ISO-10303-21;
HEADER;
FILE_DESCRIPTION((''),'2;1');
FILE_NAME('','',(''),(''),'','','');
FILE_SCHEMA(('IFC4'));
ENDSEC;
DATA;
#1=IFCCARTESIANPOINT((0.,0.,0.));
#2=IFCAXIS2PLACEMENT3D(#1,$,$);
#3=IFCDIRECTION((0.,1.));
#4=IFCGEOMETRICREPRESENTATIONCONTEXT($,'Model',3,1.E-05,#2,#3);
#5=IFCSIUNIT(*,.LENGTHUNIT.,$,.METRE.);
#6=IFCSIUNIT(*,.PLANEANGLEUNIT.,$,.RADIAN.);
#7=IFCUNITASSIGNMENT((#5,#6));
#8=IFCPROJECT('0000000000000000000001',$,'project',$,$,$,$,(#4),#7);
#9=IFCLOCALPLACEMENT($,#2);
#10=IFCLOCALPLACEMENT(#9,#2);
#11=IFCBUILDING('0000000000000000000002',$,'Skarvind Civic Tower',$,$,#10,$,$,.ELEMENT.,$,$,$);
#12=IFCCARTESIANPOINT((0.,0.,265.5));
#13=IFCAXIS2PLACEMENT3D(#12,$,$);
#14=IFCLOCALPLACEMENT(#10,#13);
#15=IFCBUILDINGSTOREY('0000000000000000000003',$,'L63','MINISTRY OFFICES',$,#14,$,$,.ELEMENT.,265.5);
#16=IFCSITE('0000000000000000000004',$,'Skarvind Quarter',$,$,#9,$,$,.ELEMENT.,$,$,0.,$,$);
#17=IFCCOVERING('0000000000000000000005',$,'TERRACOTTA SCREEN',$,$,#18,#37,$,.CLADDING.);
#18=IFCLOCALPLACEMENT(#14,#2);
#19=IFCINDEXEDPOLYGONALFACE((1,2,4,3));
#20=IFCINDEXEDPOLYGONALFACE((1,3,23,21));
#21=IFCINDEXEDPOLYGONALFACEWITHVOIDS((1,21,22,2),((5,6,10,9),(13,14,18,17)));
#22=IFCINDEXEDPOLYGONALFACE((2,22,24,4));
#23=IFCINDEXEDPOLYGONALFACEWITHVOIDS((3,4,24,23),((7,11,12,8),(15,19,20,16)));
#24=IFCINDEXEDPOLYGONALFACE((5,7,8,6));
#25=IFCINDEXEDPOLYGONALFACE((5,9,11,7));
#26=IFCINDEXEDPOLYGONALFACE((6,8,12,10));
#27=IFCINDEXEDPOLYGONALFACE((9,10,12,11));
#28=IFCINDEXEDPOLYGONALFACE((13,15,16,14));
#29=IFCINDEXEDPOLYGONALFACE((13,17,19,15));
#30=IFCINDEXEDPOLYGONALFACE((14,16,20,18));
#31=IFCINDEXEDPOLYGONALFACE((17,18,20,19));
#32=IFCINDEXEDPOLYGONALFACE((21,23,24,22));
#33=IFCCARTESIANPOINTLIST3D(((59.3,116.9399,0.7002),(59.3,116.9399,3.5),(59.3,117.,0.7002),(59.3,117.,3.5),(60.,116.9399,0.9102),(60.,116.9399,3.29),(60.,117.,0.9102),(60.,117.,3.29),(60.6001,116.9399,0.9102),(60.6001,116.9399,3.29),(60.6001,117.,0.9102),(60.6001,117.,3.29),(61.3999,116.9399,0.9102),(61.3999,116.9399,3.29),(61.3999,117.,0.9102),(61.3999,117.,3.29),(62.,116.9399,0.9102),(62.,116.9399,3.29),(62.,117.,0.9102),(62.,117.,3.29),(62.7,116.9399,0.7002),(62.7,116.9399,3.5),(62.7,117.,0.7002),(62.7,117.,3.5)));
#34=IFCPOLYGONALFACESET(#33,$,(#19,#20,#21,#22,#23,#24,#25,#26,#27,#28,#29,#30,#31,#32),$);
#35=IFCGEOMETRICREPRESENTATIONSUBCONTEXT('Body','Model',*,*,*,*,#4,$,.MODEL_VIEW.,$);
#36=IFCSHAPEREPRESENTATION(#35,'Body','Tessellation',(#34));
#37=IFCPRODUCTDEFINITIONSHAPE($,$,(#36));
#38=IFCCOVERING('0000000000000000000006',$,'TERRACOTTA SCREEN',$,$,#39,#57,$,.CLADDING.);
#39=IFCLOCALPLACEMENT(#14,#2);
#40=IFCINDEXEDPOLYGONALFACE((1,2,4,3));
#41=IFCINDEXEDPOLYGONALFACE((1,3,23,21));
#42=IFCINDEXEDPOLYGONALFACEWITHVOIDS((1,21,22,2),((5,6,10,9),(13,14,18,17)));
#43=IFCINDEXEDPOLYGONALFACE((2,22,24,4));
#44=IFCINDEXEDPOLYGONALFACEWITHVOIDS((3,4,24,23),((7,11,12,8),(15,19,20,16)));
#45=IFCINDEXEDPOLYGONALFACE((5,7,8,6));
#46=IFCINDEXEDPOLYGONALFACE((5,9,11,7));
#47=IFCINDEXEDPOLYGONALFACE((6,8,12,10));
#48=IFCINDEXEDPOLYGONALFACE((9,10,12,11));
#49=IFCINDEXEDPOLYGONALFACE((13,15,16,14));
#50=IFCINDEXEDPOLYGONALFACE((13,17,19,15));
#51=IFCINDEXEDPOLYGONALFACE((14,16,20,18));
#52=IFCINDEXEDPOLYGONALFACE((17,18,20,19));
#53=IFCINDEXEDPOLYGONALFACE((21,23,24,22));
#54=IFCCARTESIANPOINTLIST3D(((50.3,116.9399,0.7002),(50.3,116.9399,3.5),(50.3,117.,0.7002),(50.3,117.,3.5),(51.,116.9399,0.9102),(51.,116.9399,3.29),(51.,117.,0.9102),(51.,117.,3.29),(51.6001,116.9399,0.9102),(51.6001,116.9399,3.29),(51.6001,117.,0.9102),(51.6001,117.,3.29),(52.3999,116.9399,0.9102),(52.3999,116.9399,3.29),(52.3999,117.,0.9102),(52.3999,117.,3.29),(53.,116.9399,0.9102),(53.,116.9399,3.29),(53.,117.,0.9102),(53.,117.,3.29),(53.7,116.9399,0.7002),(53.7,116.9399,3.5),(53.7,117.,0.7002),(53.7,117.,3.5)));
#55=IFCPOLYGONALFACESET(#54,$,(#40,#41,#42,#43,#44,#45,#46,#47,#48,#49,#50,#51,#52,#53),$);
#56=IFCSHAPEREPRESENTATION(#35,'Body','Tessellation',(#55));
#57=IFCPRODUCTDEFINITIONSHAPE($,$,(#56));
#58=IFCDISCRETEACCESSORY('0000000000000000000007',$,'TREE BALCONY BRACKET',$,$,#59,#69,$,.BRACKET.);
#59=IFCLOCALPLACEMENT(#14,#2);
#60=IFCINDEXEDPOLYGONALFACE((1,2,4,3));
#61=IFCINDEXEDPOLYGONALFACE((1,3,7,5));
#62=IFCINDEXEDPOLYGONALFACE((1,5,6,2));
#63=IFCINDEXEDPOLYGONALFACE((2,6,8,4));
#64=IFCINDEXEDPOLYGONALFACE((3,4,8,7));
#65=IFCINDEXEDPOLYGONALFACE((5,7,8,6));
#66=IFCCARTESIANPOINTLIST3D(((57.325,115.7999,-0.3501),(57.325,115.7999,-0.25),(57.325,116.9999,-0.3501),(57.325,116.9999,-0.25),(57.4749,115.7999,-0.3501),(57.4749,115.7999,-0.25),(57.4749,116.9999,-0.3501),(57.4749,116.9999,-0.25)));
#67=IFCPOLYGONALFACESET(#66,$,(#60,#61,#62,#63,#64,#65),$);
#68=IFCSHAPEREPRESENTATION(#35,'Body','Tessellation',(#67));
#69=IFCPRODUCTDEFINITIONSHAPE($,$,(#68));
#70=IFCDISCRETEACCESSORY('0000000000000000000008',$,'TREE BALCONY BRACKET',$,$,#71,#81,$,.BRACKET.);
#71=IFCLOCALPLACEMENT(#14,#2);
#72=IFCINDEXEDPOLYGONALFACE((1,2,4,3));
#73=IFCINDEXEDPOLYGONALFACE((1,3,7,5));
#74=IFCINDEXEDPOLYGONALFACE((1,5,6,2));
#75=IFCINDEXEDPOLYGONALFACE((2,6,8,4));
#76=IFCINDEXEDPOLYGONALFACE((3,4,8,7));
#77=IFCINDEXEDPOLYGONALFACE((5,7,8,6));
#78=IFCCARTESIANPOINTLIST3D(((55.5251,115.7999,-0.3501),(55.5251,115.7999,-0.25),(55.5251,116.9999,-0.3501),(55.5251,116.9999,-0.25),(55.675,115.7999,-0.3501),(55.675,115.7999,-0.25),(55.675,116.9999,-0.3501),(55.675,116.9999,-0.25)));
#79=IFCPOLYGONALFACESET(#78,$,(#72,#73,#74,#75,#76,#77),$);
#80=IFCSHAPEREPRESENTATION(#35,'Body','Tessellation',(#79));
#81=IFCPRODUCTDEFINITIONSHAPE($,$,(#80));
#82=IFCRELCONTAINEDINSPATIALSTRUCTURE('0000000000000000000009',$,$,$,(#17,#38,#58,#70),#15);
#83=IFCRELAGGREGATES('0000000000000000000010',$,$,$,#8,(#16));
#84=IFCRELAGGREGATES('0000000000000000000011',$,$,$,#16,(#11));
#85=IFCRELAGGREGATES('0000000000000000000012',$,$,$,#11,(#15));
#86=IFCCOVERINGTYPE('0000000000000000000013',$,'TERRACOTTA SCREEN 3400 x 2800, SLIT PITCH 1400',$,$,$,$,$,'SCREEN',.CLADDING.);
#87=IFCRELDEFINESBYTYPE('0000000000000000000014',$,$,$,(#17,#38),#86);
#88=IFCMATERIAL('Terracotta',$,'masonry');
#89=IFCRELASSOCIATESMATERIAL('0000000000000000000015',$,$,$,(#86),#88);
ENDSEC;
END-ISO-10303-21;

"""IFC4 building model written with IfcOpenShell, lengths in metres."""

from ifc_helpers import new_model, si_unit, direction, frame, origin, origin_2d, place, context, subcontext, project, spatial, polyline, rectangle, outline, extrude, material, material_profile, profile_set, type_object, element, save


model = new_model("IFC4")

# Units and contexts
model_context = context("Model", 3, precision=1e-05, world=origin(), true_north=direction((0.0, 1.0)))
body_context = subcontext(model_context, "Body", "Model", "MODEL_VIEW")
ifc_project = project(units=[si_unit("LENGTHUNIT", "METRE"), si_unit("PLANEANGLEUNIT", "RADIAN")], contexts=[model_context])

# Site, building, storey
site_placement = place(None, origin())
site = spatial("IfcSite", under=ifc_project, at=site_placement, Name="Skarvind Quarter", CompositionType="ELEMENT", RefElevation=0.0)
building_placement = place(site_placement, origin())
building = spatial("IfcBuilding", under=site, at=building_placement, Name="Skarvind Civic Tower", CompositionType="ELEMENT")
storey_placement = place(building_placement, frame((0.0, 0.0, 265.5)))
storey = spatial("IfcBuildingStorey", under=building, at=storey_placement, Name="L63", Description="MINISTRY OFFICES", CompositionType="ELEMENT", Elevation=265.5)

# Coverings
ifc_material_1 = material(Name="Terracotta", Category="masonry")
ifc_material_profile_1 = material_profile(ifc_material_1, outline(polyline([(-1.7, -1.3999), (1.7, -1.3999), (1.7, 1.3999), (-1.7, 1.3999), (-1.7, -1.3999)]), holes=[polyline([(-1.0, -1.1899), (-0.3999, -1.1899), (-0.3999, 1.1899), (-1.0, 1.1899), (-1.0, -1.1899)]), polyline([(0.3999, -1.1899), (1.0, -1.1899), (1.0, 1.1899), (0.3999, 1.1899), (0.3999, -1.1899)])]), Name="TERRACOTTA SCREEN 3400 x 2800, SLIT PITCH 1400")
ifc_profile_set_1 = profile_set([ifc_material_profile_1], Name="Terracotta")
covering_type = type_object("IfcCoveringType", Name="TERRACOTTA SCREEN 3400 x 2800, SLIT PITCH 1400", ElementType="SCREEN", PredefinedType="CLADDING", material=ifc_profile_set_1)
for number, where, z_axis, x_axis, name in (
    (1, (61.0, 117.0, 2.1001), (0.0, -1.0, 0.0), (1.0, 0.0, 0.0), "TERRACOTTA SCREEN"),
    (2, (52.0, 117.0, 2.1001), (0.0, -1.0, 0.0), (1.0, 0.0, 0.0), "TERRACOTTA SCREEN"),
):
    element("IfcCovering", number, at=place(storey_placement, frame(where, z_axis=z_axis, x_axis=x_axis)), inside=storey, type_object=covering_type, Name=name, PredefinedType="CLADDING", context=body_context, shape_type="SweptSolid", body=[
        extrude(outline(polyline([(-1.7, -1.3999), (1.7, -1.3999), (1.7, 1.3999), (-1.7, 1.3999), (-1.7, -1.3999)]), holes=[polyline([(-1.0, -1.1899), (-0.3999, -1.1899), (-0.3999, 1.1899), (-1.0, 1.1899), (-1.0, -1.1899)]), polyline([(0.3999, -1.1899), (1.0, -1.1899), (1.0, 1.1899), (0.3999, 1.1899), (0.3999, -1.1899)])]), origin(), (0.0, 0.0, 1.0), 0.0601),
    ])

# Discrete accessories
for number, where, z_axis, x_axis, name in (
    (3, (57.3999, 116.3999, -0.3501), (0.0, 0.0, 1.0), (-1.0, 0.0, 0.0), "TREE BALCONY BRACKET"),
    (4, (55.6001, 116.3999, -0.3501), (0.0, 0.0, 1.0), (-1.0, 0.0, 0.0), "TREE BALCONY BRACKET"),
):
    element("IfcDiscreteAccessory", number, at=place(storey_placement, frame(where, z_axis=z_axis, x_axis=x_axis)), inside=storey, Name=name, PredefinedType="BRACKET", context=body_context, shape_type="SweptSolid", body=[
        extrude(rectangle(XDim=0.1499, YDim=1.2, at=origin_2d()), origin(), (0.0, 0.0, 1.0), 0.1001),
    ])

save(model, "model.ifc")
